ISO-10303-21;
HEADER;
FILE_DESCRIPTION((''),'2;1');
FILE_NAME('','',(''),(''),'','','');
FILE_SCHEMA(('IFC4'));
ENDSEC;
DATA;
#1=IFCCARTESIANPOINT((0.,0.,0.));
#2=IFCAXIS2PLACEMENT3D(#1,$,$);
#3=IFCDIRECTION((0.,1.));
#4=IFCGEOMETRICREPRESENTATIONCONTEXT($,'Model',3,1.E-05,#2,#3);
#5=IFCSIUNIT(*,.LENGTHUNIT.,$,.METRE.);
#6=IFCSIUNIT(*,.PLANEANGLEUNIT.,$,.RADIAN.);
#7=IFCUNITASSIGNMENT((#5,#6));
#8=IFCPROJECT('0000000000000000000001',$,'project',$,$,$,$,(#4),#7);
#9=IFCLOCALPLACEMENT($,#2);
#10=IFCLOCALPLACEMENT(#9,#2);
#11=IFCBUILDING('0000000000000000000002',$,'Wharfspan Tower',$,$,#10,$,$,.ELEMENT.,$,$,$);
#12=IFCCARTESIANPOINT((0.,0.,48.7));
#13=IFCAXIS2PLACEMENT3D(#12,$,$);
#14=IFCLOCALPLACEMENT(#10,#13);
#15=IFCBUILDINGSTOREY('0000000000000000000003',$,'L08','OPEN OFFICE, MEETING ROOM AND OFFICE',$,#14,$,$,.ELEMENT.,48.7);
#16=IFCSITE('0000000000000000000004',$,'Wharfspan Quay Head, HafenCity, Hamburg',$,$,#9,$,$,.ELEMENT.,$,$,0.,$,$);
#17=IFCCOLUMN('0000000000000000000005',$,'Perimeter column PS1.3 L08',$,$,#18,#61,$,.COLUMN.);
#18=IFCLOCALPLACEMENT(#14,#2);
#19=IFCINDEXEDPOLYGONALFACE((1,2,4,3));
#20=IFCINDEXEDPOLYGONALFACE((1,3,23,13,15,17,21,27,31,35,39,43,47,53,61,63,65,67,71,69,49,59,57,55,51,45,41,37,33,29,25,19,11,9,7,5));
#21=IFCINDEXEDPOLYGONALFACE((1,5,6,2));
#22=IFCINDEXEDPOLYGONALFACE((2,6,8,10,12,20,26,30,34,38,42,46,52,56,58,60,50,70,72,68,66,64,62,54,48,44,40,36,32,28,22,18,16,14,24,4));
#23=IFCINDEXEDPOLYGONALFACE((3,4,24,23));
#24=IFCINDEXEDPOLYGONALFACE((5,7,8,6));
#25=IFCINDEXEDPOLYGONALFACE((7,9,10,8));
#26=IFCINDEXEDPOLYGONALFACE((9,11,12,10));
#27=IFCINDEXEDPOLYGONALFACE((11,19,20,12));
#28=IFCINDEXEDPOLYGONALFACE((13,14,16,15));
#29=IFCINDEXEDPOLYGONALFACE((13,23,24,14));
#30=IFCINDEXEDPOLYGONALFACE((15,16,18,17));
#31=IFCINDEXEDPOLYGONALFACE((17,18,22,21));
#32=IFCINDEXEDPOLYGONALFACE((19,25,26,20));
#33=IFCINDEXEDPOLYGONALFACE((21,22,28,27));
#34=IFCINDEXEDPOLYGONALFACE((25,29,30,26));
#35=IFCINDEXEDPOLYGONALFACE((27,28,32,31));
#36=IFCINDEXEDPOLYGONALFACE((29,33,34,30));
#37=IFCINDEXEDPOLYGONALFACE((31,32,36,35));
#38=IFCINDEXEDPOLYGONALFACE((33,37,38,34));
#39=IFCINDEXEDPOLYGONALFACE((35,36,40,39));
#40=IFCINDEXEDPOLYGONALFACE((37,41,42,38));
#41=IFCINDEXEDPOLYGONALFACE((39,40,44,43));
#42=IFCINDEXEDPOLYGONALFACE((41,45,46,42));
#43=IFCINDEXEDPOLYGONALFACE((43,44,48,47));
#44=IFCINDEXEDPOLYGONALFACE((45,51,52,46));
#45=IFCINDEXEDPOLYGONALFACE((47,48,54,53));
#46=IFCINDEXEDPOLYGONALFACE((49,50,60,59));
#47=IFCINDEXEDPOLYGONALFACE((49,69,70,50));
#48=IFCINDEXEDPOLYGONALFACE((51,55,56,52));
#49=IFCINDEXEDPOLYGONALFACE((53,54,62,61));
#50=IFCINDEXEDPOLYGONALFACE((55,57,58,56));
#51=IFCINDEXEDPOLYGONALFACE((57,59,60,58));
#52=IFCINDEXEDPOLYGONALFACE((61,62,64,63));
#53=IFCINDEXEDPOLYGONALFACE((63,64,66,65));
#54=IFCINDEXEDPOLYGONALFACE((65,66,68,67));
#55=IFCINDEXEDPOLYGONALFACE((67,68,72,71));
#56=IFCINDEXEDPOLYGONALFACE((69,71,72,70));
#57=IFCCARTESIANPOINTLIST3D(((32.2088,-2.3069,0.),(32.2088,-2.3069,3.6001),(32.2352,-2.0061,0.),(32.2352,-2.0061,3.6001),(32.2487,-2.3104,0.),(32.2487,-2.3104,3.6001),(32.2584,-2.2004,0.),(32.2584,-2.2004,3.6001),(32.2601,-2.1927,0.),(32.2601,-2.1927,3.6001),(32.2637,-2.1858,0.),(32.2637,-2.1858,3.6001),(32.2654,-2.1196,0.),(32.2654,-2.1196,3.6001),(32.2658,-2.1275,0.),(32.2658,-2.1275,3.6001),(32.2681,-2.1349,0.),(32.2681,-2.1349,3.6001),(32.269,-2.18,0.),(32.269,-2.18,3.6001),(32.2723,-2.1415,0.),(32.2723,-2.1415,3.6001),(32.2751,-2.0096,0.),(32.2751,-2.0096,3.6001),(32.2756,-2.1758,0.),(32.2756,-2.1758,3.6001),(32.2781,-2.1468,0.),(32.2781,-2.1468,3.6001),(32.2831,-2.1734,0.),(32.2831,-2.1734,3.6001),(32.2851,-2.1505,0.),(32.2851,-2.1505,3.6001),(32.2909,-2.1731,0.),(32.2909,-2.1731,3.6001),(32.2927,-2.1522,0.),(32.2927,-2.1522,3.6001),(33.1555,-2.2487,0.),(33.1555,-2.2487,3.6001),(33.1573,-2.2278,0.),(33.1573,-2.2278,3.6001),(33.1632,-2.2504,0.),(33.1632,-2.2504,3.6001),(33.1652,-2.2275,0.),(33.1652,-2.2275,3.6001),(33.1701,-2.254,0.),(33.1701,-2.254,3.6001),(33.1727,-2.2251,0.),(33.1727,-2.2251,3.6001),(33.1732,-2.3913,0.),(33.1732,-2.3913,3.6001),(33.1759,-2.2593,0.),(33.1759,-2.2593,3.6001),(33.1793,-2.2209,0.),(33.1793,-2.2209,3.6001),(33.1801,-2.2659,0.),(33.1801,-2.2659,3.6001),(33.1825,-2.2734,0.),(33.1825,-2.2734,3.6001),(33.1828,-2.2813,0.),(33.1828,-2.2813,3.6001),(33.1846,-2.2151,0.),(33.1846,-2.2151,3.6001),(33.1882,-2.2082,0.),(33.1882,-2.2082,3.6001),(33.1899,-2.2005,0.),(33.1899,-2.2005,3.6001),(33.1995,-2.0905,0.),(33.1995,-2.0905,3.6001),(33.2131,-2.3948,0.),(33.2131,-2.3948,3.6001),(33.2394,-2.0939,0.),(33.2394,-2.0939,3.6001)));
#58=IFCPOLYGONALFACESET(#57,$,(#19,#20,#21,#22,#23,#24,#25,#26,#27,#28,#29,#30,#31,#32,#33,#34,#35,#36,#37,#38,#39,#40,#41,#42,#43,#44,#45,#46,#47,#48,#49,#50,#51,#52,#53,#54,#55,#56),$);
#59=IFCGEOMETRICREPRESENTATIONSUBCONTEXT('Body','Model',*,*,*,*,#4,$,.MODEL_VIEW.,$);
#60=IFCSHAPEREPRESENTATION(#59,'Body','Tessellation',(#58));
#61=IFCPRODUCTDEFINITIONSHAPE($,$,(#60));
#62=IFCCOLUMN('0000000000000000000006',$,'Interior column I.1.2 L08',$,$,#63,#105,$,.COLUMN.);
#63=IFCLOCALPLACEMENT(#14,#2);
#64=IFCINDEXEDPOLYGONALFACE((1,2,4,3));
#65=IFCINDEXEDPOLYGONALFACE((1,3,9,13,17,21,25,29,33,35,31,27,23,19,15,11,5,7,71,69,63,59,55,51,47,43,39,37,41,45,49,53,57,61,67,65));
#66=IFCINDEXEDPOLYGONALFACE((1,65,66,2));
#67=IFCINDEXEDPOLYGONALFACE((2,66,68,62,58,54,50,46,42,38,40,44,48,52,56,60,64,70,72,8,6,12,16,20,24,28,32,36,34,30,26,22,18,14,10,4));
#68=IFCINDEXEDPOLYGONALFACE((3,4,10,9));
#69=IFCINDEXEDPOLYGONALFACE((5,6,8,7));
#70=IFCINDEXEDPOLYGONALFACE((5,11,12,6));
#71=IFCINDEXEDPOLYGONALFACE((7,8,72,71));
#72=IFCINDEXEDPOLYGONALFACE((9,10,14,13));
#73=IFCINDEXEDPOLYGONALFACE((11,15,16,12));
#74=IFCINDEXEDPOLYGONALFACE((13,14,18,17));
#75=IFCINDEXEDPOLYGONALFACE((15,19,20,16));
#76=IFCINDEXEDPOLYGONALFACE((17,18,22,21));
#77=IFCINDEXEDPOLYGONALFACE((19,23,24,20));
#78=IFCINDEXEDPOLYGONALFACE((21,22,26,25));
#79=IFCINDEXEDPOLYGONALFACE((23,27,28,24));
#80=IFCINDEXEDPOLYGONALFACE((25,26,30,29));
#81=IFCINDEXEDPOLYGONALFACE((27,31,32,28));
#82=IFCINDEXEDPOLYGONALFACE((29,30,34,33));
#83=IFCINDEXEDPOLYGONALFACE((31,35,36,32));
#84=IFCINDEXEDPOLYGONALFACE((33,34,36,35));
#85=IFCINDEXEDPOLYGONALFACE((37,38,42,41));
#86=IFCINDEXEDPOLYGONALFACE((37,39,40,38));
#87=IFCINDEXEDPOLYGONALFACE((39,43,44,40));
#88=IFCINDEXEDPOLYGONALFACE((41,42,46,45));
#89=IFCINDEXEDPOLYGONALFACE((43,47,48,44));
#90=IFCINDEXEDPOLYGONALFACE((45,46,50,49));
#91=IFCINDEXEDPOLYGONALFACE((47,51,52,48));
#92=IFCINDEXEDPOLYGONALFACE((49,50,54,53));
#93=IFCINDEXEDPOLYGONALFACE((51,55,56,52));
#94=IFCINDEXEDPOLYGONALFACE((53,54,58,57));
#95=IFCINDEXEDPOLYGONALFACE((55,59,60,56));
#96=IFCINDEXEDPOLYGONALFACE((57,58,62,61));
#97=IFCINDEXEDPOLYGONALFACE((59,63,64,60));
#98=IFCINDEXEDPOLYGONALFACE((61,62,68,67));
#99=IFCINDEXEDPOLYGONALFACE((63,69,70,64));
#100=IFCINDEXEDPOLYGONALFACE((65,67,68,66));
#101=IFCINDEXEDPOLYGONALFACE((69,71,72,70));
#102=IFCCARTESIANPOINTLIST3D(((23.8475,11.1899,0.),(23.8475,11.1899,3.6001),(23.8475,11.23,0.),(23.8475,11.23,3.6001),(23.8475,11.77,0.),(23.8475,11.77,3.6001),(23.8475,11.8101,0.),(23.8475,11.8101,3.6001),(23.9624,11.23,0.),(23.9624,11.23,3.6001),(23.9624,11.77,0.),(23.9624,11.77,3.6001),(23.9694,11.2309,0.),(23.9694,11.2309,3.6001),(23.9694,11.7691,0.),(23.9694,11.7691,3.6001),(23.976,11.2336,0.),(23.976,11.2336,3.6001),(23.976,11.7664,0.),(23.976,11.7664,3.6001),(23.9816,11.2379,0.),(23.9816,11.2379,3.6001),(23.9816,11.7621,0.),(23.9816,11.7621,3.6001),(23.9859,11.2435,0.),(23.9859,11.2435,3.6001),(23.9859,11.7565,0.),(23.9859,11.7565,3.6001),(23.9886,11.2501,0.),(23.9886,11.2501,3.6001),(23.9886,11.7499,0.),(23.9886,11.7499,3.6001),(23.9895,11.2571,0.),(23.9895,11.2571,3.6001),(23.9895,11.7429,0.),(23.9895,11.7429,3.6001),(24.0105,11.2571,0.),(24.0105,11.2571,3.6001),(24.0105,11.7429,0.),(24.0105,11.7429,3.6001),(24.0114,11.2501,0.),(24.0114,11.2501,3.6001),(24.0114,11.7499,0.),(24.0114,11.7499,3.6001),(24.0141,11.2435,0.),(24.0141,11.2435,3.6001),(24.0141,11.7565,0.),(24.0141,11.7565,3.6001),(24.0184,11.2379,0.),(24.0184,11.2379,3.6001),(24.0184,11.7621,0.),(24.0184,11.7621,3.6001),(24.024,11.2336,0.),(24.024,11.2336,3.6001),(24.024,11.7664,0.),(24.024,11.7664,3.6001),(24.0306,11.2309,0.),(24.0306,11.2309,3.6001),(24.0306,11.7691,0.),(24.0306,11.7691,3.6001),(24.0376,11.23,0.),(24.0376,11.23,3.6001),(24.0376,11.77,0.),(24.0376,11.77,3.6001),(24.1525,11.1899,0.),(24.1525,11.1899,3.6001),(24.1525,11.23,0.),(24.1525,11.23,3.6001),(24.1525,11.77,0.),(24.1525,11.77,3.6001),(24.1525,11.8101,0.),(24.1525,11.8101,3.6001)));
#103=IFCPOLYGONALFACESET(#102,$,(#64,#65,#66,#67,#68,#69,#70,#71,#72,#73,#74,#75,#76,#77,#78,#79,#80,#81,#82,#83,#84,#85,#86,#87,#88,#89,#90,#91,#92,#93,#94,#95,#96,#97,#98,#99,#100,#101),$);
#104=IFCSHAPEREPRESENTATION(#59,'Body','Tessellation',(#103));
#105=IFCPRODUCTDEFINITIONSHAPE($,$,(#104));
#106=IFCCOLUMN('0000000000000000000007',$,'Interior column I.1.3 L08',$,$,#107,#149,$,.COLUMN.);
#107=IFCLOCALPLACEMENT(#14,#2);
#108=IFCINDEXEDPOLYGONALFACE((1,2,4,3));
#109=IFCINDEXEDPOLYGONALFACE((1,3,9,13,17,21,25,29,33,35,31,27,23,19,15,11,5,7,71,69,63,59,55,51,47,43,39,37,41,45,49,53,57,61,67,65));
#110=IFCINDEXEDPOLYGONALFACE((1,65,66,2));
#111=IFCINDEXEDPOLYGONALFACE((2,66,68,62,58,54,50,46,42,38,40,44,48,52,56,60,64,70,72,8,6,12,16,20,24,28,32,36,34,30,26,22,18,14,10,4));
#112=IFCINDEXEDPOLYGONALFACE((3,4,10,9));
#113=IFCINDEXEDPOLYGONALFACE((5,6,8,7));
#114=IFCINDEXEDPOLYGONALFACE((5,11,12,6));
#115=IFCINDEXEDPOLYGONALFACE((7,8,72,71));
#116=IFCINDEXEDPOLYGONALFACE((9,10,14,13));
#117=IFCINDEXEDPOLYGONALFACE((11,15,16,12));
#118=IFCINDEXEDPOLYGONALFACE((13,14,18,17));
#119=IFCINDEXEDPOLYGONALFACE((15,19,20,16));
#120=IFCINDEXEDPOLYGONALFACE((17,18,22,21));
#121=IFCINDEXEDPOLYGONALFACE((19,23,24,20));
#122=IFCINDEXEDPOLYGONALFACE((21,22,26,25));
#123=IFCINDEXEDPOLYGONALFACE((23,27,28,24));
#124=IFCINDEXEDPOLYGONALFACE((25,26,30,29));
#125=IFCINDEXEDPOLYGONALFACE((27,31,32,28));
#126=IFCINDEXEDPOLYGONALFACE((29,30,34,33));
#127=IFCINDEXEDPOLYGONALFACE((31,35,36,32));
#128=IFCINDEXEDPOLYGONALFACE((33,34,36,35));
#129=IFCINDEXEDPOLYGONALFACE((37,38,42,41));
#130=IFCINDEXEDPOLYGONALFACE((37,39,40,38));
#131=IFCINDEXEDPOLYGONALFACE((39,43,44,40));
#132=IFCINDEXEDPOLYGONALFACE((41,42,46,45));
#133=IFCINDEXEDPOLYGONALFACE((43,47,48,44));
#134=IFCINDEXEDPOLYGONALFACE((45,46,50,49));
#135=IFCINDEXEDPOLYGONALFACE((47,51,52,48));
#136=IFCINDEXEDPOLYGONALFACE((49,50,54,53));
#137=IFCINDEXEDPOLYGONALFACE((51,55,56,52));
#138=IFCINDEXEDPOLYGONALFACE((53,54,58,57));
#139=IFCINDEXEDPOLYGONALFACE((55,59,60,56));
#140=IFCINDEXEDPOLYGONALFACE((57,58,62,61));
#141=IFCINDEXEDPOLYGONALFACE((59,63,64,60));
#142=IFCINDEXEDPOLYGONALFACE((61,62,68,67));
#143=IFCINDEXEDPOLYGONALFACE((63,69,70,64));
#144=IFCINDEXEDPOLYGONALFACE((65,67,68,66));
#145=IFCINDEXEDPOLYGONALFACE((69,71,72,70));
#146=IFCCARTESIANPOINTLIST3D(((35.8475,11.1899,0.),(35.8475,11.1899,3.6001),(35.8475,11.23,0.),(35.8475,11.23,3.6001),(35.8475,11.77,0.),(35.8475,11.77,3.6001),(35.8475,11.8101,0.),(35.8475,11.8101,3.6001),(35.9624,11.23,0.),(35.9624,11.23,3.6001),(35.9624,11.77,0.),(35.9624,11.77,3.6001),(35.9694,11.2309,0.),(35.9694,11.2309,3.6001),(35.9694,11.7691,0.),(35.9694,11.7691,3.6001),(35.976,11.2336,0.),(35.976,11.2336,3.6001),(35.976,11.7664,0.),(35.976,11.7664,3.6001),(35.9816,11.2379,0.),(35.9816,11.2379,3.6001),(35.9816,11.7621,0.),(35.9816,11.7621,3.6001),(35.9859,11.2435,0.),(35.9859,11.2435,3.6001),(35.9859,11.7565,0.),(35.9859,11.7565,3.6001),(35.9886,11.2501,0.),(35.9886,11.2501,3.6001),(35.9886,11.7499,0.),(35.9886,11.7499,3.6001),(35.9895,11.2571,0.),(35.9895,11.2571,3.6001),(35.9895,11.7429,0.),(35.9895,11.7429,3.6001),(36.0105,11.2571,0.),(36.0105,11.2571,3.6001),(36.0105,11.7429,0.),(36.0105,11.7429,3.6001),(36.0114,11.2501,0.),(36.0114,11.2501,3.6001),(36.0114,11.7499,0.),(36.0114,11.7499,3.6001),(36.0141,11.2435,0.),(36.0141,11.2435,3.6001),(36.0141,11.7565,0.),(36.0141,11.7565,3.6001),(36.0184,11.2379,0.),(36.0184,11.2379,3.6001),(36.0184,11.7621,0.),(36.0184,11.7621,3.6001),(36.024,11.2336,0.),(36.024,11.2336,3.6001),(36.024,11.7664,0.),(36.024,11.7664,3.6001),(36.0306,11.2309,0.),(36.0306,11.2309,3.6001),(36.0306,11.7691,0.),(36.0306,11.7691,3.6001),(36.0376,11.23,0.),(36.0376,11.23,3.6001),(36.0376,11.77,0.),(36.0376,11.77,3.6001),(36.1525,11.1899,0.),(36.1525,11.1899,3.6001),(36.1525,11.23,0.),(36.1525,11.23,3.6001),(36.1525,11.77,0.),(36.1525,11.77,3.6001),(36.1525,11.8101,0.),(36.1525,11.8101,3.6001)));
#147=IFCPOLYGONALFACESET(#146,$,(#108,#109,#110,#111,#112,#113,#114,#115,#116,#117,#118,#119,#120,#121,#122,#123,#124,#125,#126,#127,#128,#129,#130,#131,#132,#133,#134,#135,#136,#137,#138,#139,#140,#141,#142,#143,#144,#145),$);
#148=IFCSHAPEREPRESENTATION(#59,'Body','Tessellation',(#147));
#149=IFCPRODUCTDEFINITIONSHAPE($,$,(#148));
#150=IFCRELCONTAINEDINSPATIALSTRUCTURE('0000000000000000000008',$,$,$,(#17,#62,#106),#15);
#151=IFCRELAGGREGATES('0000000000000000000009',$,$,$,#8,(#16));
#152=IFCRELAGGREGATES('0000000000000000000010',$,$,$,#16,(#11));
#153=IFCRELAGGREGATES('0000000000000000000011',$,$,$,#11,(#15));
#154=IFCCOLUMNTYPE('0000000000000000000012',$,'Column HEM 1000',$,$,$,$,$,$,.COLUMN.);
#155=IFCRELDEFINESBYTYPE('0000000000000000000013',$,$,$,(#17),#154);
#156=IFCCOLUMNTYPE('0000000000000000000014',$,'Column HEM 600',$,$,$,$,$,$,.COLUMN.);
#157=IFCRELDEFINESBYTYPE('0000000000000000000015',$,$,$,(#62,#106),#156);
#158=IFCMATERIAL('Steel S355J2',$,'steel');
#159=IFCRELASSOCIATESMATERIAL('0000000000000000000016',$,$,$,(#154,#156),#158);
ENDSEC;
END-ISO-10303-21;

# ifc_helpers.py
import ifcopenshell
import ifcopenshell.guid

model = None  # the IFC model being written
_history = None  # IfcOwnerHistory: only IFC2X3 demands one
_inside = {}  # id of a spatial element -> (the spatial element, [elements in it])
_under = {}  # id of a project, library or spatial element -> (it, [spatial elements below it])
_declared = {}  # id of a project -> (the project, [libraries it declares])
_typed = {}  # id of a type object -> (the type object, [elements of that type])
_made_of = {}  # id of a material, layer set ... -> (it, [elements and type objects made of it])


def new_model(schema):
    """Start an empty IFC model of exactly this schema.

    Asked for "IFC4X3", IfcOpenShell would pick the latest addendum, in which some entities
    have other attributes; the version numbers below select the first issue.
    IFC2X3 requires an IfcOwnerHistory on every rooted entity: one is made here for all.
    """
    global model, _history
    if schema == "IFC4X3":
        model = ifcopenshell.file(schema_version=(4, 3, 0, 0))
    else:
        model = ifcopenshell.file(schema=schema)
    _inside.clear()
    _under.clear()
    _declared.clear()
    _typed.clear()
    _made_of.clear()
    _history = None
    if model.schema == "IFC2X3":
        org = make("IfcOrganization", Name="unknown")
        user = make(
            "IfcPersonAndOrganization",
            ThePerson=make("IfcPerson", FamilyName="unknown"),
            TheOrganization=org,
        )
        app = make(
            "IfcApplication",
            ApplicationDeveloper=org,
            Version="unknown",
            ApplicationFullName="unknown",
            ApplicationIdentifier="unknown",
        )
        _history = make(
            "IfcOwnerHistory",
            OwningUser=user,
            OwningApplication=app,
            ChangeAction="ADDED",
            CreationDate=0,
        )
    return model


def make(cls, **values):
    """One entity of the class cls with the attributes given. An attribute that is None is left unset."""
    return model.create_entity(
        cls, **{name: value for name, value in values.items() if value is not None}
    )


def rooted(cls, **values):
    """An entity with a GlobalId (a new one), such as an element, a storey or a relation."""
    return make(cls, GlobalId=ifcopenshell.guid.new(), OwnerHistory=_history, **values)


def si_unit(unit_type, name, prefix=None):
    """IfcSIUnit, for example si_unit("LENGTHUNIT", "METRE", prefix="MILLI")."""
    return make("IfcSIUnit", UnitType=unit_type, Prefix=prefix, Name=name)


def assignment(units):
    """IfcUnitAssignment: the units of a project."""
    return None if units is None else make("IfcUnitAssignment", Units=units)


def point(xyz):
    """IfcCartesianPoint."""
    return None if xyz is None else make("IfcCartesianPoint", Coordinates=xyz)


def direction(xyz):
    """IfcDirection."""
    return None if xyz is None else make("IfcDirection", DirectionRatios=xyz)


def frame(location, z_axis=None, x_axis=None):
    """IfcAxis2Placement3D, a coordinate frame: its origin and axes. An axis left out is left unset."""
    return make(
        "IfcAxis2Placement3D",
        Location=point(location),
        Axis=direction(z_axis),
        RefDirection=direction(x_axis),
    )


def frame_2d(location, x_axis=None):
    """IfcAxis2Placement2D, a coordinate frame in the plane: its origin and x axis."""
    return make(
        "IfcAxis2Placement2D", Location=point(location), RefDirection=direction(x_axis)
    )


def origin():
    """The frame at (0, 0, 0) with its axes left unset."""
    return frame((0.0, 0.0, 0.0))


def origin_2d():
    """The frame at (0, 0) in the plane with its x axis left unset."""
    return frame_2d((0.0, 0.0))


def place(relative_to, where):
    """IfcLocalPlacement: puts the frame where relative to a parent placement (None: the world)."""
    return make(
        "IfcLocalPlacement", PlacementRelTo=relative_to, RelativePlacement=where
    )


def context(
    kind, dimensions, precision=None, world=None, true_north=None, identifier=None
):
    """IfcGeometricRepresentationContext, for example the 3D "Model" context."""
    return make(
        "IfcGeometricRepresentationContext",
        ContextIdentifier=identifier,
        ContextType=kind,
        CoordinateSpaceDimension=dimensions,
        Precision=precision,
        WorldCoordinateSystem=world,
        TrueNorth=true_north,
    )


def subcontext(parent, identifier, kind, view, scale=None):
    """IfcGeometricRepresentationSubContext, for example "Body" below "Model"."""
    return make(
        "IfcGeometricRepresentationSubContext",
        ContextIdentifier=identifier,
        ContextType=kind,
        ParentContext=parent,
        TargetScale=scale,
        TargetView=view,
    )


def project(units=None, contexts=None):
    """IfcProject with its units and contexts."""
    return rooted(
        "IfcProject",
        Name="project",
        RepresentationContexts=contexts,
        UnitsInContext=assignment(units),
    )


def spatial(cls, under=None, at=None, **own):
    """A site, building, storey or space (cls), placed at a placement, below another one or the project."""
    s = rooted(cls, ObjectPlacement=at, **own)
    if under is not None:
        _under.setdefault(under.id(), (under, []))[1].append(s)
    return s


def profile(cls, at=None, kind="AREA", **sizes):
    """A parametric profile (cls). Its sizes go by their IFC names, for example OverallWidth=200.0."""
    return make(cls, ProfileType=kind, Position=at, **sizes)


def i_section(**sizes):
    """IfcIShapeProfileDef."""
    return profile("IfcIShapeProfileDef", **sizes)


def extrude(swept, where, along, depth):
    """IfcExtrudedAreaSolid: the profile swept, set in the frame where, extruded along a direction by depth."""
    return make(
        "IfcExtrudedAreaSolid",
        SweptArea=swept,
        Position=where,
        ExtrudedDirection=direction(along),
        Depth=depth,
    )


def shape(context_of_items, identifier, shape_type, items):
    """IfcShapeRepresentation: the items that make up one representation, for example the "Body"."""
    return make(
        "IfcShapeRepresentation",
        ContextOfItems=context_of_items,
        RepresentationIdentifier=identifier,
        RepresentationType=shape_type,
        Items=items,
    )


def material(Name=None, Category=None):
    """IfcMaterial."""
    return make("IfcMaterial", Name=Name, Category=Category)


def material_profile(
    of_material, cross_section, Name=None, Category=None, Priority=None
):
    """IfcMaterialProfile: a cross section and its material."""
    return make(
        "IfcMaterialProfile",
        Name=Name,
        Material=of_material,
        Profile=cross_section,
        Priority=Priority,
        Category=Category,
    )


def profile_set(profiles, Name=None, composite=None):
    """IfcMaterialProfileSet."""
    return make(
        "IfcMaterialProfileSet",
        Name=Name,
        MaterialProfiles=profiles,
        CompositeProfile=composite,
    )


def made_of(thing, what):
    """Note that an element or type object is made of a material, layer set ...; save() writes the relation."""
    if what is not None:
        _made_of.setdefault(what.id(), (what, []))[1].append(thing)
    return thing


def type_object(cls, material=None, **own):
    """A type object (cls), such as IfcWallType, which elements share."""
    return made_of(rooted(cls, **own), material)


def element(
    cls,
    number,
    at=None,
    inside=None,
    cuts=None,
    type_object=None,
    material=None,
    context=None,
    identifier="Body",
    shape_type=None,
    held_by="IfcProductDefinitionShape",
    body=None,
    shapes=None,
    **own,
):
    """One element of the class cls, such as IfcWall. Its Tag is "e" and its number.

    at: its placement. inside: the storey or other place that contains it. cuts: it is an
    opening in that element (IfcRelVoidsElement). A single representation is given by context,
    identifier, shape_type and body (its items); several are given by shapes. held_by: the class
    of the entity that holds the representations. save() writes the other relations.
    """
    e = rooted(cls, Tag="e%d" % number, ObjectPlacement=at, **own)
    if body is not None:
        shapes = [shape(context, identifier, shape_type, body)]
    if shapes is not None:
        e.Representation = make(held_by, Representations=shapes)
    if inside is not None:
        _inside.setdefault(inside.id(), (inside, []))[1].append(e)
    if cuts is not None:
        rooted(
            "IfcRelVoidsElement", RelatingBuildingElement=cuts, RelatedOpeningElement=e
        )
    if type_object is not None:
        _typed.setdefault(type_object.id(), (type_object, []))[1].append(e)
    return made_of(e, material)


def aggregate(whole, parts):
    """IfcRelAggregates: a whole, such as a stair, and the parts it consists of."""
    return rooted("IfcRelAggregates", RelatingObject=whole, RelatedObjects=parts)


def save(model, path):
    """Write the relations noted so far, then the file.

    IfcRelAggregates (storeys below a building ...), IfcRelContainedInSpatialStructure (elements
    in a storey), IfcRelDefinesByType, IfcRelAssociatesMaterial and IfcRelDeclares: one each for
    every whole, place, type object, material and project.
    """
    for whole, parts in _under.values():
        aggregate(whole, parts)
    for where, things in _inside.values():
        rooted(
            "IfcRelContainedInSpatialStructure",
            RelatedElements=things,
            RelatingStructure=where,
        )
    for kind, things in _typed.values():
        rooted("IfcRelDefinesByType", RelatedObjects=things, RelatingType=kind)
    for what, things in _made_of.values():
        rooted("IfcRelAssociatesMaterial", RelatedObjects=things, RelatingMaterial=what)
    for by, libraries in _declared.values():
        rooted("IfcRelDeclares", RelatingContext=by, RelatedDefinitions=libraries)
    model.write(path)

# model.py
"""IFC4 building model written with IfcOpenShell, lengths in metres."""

from ifc_helpers import new_model, si_unit, direction, frame, origin, origin_2d, place, context, subcontext, project, spatial, i_section, extrude, material, material_profile, profile_set, type_object, element, save


model = new_model("IFC4")

# Units and contexts
model_context = context("Model", 3, precision=1e-05, world=origin(), true_north=direction((0.0, 1.0)))
body_context = subcontext(model_context, "Body", "Model", "MODEL_VIEW")
ifc_project = project(units=[si_unit("LENGTHUNIT", "METRE"), si_unit("PLANEANGLEUNIT", "RADIAN")], contexts=[model_context])

# Site, building, storey
site_placement = place(None, origin())
site = spatial("IfcSite", under=ifc_project, at=site_placement, Name="Wharfspan Quay Head, HafenCity, Hamburg", CompositionType="ELEMENT", RefElevation=0.0)
building_placement = place(site_placement, origin())
building = spatial("IfcBuilding", under=site, at=building_placement, Name="Wharfspan Tower", CompositionType="ELEMENT")
storey_placement = place(building_placement, frame((0.0, 0.0, 48.7)))
storey = spatial("IfcBuildingStorey", under=building, at=storey_placement, Name="L08", Description="OPEN OFFICE, MEETING ROOM AND OFFICE", CompositionType="ELEMENT", Elevation=48.7)

# Columns
ifc_material_1 = material(Name="Steel S355J2", Category="steel")
ifc_material_profile_1 = material_profile(ifc_material_1, i_section(OverallWidth=0.302, OverallDepth=1.0081, WebThickness=0.021, FlangeThickness=0.04, FilletRadius=0.03, at=origin_2d()))
ifc_profile_set_1 = profile_set([ifc_material_profile_1], Name="Steel S355J2")
column_type_1 = type_object("IfcColumnType", Name="Column HEM 1000", PredefinedType="COLUMN", material=ifc_profile_set_1)
column_placement = place(storey_placement, frame((32.7241, -2.2004, 0.0), z_axis=(0.0, 0.0, 1.0), x_axis=(-0.087156, -0.996198, 0.0)))
element("IfcColumn", 1, at=column_placement, inside=storey, type_object=column_type_1, Name="Perimeter column PS1.3 L08", PredefinedType="COLUMN", context=body_context, shape_type="SweptSolid", body=[
    extrude(i_section(OverallWidth=0.302, OverallDepth=1.0081, WebThickness=0.021, FlangeThickness=0.04, FilletRadius=0.03, at=origin_2d()), origin(), (0.0, 0.0, 1.0), 3.6001),
])
ifc_material_profile_2 = material_profile(ifc_material_1, i_section(OverallWidth=0.3049, OverallDepth=0.6201, WebThickness=0.021, FlangeThickness=0.04, FilletRadius=0.0271, at=origin_2d()))
ifc_profile_set_2 = profile_set([ifc_material_profile_2], Name="Steel S355J2")
column_type_2 = type_object("IfcColumnType", Name="Column HEM 600", PredefinedType="COLUMN", material=ifc_profile_set_2)
for number, where, z_axis, x_axis, name in (
    (2, (24.0, 11.5, 0.0), (0.0, 0.0, 1.0), (1.0, 0.0, 0.0), "Interior column I.1.2 L08"),
    (3, (36.0, 11.5, 0.0), (0.0, 0.0, 1.0), (1.0, 0.0, 0.0), "Interior column I.1.3 L08"),
):
    element("IfcColumn", number, at=place(storey_placement, frame(where, z_axis=z_axis, x_axis=x_axis)), inside=storey, type_object=column_type_2, Name=name, PredefinedType="COLUMN", context=body_context, shape_type="SweptSolid", body=[
        extrude(i_section(OverallWidth=0.3049, OverallDepth=0.6201, WebThickness=0.021, FlangeThickness=0.04, FilletRadius=0.0271, at=origin_2d()), origin(), (0.0, 0.0, 1.0), 3.6001),
    ])

save(model, "model.ifc")
